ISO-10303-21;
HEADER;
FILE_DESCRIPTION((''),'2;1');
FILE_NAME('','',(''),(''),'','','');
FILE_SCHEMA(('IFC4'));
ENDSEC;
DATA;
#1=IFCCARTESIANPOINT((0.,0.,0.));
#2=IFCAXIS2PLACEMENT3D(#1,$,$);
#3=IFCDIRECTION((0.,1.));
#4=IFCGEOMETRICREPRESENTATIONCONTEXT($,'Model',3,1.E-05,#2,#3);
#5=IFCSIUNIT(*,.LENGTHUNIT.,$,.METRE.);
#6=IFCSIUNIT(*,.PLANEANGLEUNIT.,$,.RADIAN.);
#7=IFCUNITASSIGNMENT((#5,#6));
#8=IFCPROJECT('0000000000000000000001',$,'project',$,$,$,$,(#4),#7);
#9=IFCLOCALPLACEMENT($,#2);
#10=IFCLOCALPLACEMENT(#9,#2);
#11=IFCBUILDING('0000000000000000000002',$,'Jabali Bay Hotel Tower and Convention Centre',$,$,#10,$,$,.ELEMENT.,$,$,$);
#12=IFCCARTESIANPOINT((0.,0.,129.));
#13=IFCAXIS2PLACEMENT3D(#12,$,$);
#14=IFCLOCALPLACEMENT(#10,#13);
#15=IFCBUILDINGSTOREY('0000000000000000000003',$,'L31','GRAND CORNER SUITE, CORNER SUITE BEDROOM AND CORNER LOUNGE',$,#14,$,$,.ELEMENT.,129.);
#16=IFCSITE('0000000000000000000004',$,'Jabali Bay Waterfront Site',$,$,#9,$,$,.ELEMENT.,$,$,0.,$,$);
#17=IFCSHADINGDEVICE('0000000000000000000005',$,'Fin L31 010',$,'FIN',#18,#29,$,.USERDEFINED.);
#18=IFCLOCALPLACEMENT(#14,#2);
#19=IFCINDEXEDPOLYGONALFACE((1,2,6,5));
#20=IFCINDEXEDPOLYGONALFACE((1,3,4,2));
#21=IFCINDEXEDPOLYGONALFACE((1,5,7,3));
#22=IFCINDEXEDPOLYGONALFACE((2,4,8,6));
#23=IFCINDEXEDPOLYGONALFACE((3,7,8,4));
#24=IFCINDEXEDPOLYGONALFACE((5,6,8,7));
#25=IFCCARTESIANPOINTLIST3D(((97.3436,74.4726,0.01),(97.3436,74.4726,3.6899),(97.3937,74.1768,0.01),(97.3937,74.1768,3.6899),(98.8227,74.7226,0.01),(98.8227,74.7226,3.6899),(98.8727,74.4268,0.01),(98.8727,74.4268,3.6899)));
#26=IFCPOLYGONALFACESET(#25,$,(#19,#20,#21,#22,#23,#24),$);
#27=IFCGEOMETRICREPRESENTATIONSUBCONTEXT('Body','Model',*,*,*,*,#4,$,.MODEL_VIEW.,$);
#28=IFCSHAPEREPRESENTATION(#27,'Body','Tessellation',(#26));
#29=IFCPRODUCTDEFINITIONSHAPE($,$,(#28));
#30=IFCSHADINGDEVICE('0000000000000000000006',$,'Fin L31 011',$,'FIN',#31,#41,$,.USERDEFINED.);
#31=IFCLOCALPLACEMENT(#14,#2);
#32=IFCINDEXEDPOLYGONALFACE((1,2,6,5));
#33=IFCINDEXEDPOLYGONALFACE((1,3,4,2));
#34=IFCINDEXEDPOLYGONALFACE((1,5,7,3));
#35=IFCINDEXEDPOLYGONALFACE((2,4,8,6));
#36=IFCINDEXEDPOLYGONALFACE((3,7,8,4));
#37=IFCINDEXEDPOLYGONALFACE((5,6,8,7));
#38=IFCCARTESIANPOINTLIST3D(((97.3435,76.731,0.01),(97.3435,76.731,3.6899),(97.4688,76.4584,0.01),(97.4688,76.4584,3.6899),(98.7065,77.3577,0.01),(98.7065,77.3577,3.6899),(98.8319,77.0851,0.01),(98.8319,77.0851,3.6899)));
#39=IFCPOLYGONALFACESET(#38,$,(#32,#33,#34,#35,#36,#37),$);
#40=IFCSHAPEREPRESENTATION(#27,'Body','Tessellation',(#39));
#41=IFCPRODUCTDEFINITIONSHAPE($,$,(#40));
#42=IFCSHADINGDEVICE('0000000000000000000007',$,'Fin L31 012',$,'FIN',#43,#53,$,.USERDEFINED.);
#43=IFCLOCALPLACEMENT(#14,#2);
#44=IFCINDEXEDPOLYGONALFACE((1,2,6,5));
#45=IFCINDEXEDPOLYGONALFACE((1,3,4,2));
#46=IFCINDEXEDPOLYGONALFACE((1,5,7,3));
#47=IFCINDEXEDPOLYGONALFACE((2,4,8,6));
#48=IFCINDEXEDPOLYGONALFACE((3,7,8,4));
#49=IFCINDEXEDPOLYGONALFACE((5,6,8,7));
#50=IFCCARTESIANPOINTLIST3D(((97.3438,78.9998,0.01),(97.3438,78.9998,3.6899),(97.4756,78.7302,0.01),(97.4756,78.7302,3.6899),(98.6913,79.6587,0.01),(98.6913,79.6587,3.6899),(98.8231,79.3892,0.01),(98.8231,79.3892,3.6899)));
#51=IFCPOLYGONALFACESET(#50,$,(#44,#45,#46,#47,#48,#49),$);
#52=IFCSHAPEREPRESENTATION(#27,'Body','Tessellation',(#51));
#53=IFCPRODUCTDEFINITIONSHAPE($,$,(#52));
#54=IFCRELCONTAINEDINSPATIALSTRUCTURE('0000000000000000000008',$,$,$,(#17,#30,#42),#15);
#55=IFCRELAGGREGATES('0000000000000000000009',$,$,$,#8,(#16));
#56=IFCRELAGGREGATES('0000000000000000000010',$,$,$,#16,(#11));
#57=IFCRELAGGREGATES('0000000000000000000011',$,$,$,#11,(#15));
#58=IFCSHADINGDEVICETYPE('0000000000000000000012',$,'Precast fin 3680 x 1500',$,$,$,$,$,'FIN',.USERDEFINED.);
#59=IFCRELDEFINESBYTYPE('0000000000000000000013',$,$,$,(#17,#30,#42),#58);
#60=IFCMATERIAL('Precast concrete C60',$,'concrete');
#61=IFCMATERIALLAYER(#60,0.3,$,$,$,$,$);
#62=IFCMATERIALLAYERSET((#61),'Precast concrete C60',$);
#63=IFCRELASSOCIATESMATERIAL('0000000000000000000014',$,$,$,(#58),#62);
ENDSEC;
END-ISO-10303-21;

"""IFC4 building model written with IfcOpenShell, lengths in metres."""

from ifc_helpers import new_model, si_unit, direction, frame, frame_2d, origin, place, context, subcontext, project, spatial, rectangle, extrude, material, layer, layer_set, type_object, element, save


model = new_model("IFC4")

# Units and contexts
model_context = context("Model", 3, precision=1e-05, world=origin(), true_north=direction((0.0, 1.0)))
body_context = subcontext(model_context, "Body", "Model", "MODEL_VIEW")
ifc_project = project(units=[si_unit("LENGTHUNIT", "METRE"), si_unit("PLANEANGLEUNIT", "RADIAN")], contexts=[model_context])

# Site, building, storey
site_placement = place(None, origin())
site = spatial("IfcSite", under=ifc_project, at=site_placement, Name="Jabali Bay Waterfront Site", CompositionType="ELEMENT", RefElevation=0.0)
building_placement = place(site_placement, origin())
building = spatial("IfcBuilding", under=site, at=building_placement, Name="Jabali Bay Hotel Tower and Convention Centre", CompositionType="ELEMENT")
storey_placement = place(building_placement, frame((0.0, 0.0, 129.0)))
storey = spatial("IfcBuildingStorey", under=building, at=storey_placement, Name="L31", Description="GRAND CORNER SUITE, CORNER SUITE BEDROOM AND CORNER LOUNGE", CompositionType="ELEMENT", Elevation=129.0)

# Shading devices
ifc_material_1 = material(Name="Precast concrete C60", Category="concrete")
ifc_layer_1 = layer(ifc_material_1, 0.3)
ifc_layer_set_1 = layer_set([ifc_layer_1], Name="Precast concrete C60")
shading_device_type = type_object("IfcShadingDeviceType", Name="Precast fin 3680 x 1500", ElementType="FIN", PredefinedType="USERDEFINED", material=ifc_layer_set_1)
for number, where, z_axis, x_axis, name in (
    (1, (97.3687, 74.3247, 0.01), (0.0, 0.0, 1.0), (0.986013, 0.166668, 0.0), "Fin L31 010"),
):
    element("IfcShadingDevice", number, at=place(storey_placement, frame(where, z_axis=z_axis, x_axis=x_axis)), inside=storey, type_object=shading_device_type, Name=name, ObjectType="FIN", PredefinedType="USERDEFINED", context=body_context, shape_type="SweptSolid", body=[
        extrude(rectangle(XDim=1.5, YDim=0.3, at=frame_2d((0.75, 0.0))), origin(), (0.0, 0.0, 1.0), 3.6799),
    ])
shading_device_1_placement = place(storey_placement, frame((97.4062, 76.5947, 0.01), z_axis=(0.0, 0.0, 1.0), x_axis=(0.908563, 0.417747, 0.0)))
element("IfcShadingDevice", 2, at=shading_device_1_placement, inside=storey, type_object=shading_device_type, Name="Fin L31 011", ObjectType="FIN", PredefinedType="USERDEFINED", context=body_context, shape_type="SweptSolid", body=[
    extrude(rectangle(XDim=1.5002, YDim=0.3, at=frame_2d((0.75, 0.0))), origin(), (0.0, 0.0, 1.0), 3.6799),
])
shading_device_2_placement = place(storey_placement, frame((97.4097, 78.865, 0.01), z_axis=(0.0, 0.0, 1.0), x_axis=(0.898332, 0.439318, 0.0)))
element("IfcShadingDevice", 3, at=shading_device_2_placement, inside=storey, type_object=shading_device_type, Name="Fin L31 012", ObjectType="FIN", PredefinedType="USERDEFINED", context=body_context, shape_type="SweptSolid", body=[
    extrude(rectangle(XDim=1.5, YDim=0.3, at=frame_2d((0.75, 0.0))), origin(), (0.0, 0.0, 1.0), 3.6799),
])

save(model, "model.ifc")
